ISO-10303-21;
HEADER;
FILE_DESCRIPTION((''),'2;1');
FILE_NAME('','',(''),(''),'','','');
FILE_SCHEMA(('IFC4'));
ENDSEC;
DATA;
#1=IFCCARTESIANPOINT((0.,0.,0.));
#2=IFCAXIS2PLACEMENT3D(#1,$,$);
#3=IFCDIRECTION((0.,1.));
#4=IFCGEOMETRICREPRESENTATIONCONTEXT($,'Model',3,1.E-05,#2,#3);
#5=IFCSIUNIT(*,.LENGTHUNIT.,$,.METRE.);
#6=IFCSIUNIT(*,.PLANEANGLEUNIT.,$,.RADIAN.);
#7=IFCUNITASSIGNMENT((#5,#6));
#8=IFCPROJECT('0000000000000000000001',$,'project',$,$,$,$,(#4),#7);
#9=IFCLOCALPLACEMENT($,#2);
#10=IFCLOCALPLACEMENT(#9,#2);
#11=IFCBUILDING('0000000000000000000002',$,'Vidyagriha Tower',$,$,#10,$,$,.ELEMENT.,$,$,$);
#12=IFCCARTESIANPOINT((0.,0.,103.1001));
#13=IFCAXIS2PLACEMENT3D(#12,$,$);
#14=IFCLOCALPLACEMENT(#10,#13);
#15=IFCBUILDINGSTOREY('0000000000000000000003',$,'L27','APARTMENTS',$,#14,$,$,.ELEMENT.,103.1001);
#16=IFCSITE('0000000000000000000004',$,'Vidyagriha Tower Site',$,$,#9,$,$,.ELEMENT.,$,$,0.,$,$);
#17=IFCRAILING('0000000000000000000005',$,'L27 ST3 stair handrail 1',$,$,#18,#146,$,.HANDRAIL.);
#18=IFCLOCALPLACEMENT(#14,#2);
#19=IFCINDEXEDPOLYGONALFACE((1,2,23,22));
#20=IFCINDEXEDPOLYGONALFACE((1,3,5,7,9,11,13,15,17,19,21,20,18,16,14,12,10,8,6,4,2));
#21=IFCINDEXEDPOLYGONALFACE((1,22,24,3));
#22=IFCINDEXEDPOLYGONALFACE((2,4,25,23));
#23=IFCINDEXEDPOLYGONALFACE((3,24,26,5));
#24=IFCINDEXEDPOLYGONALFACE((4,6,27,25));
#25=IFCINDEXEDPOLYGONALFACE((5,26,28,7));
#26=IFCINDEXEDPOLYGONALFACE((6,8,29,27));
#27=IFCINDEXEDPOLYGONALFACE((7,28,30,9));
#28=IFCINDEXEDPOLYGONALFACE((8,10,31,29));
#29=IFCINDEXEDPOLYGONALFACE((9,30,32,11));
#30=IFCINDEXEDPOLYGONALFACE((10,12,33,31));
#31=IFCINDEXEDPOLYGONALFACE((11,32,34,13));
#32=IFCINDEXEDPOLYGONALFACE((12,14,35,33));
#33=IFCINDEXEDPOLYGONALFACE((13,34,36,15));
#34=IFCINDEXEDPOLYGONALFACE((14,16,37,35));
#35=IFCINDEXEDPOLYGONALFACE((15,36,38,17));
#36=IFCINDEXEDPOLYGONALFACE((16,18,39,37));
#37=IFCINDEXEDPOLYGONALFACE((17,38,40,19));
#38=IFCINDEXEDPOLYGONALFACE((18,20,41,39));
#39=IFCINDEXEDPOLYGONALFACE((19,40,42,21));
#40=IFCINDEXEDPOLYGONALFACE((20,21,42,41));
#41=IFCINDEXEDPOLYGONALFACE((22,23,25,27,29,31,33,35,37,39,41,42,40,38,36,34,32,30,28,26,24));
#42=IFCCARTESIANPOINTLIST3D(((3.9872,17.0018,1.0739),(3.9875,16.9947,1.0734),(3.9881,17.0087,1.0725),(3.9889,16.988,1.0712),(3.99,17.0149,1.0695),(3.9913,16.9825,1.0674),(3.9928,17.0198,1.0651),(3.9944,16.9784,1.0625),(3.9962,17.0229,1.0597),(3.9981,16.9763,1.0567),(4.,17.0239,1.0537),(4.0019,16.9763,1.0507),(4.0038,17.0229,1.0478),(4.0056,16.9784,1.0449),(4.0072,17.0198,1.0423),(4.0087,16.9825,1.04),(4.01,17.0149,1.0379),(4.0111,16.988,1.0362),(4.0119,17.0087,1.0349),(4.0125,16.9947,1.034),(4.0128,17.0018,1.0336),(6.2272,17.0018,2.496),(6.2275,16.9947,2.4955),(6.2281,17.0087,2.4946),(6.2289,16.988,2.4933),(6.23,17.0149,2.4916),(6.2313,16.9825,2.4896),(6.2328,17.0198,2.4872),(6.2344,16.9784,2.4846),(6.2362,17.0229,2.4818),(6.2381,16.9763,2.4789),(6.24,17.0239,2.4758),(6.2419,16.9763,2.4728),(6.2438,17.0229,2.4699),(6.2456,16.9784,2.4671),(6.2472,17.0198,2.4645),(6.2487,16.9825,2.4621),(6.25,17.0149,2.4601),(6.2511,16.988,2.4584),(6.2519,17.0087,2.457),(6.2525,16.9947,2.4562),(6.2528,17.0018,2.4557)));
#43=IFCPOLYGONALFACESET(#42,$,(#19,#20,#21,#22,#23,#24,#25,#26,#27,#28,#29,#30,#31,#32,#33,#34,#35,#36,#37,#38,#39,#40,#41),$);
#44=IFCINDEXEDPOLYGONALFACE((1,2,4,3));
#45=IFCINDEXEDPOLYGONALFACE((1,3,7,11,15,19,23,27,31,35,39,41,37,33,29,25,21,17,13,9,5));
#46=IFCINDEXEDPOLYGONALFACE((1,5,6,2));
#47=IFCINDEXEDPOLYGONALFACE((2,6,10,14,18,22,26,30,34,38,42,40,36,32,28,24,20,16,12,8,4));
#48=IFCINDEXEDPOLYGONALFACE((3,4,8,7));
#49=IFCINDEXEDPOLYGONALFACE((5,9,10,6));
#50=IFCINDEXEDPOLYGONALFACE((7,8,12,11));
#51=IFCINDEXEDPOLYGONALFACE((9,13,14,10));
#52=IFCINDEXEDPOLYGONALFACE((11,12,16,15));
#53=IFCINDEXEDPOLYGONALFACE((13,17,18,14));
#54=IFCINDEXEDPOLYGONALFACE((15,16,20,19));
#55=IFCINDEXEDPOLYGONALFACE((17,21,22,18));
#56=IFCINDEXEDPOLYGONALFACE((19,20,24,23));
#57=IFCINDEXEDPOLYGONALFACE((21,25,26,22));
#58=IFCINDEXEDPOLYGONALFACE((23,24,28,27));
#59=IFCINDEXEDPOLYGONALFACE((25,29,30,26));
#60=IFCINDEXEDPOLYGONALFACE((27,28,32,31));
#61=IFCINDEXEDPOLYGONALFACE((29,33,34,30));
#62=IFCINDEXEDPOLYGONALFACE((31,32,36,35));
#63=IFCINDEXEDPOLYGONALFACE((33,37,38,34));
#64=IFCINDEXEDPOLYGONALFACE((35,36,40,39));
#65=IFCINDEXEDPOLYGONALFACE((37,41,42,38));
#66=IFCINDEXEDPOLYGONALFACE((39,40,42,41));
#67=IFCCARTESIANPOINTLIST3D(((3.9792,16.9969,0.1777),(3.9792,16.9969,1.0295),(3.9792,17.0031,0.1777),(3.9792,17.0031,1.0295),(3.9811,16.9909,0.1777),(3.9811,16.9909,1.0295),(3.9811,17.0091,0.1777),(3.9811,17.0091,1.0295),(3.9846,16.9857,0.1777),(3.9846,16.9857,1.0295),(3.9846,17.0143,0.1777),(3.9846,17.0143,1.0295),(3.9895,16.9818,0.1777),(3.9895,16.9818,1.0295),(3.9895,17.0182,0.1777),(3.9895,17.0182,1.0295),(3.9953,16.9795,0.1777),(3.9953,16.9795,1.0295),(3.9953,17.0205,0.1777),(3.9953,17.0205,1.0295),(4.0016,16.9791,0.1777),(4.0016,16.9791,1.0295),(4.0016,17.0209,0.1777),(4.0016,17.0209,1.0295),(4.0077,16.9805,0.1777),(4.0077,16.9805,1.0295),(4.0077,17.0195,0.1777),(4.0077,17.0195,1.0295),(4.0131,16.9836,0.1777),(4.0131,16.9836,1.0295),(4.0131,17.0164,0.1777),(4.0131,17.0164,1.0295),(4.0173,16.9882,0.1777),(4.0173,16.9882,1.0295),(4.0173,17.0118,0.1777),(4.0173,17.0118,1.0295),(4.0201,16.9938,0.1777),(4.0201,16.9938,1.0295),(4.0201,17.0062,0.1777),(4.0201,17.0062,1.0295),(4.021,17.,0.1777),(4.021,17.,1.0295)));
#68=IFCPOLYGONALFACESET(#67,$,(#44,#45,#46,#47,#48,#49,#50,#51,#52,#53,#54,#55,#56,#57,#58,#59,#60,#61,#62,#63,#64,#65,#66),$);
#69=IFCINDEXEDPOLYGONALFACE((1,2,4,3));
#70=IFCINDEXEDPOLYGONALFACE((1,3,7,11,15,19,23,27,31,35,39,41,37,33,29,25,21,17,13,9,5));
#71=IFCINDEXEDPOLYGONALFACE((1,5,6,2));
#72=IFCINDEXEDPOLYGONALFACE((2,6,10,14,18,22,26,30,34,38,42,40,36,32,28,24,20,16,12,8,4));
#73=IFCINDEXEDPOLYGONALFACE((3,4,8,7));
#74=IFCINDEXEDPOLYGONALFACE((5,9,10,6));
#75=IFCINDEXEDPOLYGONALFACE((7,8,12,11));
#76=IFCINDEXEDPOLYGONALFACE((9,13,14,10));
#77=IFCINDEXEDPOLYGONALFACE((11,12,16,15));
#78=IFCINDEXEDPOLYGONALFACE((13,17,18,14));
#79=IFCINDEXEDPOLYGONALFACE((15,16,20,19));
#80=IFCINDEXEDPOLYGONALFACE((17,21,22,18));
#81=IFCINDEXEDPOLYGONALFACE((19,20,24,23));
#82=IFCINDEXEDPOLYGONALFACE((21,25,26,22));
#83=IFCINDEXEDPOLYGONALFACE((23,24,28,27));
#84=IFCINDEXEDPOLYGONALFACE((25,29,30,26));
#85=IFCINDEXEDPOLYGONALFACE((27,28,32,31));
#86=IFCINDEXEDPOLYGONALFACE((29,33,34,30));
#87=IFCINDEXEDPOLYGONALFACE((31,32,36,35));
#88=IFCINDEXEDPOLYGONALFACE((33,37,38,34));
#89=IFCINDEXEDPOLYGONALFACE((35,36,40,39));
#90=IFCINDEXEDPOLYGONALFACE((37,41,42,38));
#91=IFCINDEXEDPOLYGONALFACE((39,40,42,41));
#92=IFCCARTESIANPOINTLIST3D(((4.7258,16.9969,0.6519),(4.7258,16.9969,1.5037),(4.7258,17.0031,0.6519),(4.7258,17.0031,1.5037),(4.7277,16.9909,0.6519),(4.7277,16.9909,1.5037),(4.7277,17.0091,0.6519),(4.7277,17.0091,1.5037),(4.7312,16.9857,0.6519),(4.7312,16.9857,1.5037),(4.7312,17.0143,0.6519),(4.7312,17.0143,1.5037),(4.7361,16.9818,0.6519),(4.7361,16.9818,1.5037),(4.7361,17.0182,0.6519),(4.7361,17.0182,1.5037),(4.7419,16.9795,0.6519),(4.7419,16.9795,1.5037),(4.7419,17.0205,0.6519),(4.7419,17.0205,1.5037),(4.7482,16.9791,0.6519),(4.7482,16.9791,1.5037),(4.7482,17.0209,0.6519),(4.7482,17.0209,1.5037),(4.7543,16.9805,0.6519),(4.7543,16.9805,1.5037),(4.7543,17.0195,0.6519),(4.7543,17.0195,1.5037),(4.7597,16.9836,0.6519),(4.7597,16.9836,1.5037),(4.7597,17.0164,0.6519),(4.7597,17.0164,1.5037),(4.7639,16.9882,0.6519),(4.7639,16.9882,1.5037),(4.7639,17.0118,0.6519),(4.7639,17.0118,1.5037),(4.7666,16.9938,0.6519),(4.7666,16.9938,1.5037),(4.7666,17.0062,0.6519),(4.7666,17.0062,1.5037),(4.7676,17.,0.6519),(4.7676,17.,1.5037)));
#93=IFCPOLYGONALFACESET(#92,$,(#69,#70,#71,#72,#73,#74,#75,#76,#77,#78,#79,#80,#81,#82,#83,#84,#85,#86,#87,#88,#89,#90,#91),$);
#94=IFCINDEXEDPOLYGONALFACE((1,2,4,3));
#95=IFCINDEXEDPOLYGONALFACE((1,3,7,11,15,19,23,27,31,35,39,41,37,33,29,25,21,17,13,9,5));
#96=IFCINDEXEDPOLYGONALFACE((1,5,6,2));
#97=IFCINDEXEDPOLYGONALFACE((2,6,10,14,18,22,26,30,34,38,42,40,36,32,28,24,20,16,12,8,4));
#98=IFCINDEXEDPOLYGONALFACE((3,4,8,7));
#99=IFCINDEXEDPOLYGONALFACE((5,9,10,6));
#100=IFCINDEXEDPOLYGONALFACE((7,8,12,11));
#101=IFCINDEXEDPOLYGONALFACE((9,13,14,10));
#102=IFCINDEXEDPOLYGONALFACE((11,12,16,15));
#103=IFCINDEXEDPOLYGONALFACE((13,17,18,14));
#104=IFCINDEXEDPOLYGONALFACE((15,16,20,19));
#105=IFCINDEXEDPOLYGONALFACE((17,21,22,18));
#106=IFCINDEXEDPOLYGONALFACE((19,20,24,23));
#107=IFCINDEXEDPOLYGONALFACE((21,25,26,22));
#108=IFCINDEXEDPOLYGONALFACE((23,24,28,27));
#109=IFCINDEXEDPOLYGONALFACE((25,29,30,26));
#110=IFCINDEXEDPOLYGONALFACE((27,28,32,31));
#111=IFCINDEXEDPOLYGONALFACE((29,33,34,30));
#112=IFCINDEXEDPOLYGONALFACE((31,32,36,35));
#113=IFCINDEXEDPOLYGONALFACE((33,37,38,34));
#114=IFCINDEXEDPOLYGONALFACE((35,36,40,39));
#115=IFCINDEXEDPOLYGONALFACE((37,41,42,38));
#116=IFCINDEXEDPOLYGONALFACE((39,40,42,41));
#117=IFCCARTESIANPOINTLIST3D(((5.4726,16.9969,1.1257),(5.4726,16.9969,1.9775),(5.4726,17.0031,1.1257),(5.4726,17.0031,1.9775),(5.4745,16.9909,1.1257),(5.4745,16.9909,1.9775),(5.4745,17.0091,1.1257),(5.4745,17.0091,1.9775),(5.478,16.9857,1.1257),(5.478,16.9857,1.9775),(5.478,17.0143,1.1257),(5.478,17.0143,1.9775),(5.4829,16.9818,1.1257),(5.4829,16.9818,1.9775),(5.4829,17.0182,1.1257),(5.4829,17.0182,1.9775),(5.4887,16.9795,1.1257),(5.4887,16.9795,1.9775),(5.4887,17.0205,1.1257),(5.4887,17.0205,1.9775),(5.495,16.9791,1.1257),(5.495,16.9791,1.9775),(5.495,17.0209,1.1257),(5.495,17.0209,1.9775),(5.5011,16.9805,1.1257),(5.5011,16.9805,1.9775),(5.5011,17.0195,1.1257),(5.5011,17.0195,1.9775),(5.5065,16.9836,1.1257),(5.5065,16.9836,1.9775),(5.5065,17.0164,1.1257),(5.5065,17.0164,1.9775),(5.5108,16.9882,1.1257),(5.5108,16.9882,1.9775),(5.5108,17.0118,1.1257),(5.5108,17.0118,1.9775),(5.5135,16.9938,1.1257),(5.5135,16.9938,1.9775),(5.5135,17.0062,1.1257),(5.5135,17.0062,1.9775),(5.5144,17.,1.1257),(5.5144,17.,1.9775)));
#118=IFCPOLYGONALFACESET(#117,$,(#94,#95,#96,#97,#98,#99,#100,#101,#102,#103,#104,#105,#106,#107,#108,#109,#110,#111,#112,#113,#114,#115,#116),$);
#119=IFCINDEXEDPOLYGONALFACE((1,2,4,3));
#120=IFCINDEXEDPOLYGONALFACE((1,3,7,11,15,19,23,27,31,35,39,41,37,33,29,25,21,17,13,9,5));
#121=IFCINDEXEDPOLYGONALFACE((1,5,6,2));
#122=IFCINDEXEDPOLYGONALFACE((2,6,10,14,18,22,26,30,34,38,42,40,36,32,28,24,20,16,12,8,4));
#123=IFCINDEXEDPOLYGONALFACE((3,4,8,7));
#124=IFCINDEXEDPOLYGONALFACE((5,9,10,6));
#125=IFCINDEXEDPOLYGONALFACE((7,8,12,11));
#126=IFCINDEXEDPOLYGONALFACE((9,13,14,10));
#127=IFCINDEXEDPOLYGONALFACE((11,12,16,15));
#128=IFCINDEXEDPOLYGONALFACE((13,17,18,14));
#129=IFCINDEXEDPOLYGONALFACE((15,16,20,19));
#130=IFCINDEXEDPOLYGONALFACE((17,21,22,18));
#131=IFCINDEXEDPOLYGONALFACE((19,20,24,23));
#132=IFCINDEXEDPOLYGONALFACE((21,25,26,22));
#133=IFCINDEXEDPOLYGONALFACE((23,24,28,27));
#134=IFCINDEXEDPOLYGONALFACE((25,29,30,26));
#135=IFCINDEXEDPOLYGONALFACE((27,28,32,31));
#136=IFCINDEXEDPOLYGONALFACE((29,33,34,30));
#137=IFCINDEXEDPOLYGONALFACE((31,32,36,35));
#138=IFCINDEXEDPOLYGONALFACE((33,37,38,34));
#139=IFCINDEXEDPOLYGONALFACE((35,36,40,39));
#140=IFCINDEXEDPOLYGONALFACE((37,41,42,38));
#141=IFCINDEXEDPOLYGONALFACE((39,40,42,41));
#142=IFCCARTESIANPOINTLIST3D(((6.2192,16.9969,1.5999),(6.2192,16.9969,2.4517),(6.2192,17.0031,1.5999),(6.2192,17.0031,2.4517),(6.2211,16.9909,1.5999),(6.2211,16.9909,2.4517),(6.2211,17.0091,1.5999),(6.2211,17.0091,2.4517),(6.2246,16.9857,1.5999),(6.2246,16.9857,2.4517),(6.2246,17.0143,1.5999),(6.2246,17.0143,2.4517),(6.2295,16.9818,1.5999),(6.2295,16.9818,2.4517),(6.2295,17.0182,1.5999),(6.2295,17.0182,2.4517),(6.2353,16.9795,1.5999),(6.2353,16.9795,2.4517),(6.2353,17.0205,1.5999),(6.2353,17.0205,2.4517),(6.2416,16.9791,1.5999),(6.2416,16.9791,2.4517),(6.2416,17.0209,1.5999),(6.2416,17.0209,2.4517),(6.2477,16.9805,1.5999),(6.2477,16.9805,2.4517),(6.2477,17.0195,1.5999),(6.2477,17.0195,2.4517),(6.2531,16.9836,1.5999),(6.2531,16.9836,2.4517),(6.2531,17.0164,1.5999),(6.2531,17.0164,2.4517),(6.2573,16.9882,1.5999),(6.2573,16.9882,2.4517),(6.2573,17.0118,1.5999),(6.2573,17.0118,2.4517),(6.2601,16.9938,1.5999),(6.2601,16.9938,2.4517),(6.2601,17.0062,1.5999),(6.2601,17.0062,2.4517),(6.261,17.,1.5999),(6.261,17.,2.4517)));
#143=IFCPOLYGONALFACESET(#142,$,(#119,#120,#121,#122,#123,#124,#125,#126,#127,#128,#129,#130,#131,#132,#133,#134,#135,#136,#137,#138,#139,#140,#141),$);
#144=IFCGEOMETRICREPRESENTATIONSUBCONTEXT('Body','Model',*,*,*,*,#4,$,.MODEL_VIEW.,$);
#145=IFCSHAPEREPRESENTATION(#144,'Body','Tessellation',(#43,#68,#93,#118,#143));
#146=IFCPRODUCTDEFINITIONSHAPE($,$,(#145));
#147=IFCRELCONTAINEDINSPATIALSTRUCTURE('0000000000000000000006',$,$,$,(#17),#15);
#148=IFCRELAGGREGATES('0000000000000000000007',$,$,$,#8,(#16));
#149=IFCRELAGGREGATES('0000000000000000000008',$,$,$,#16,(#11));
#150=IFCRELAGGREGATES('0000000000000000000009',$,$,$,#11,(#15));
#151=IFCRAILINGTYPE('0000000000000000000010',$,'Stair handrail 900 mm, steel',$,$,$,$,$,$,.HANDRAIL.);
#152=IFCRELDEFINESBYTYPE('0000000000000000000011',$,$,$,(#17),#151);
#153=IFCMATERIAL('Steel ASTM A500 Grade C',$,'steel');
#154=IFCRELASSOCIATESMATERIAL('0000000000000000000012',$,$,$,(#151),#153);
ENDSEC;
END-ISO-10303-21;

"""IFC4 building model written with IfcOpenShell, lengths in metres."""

from ifc_helpers import new_model, si_unit, direction, frame, origin, origin_2d, place, context, subcontext, project, spatial, circle, extrude, material, type_object, element, save


model = new_model("IFC4")

# Units and contexts
model_context = context("Model", 3, precision=1e-05, world=origin(), true_north=direction((0.0, 1.0)))
body_context = subcontext(model_context, "Body", "Model", "MODEL_VIEW")
ifc_project = project(units=[si_unit("LENGTHUNIT", "METRE"), si_unit("PLANEANGLEUNIT", "RADIAN")], contexts=[model_context])

# Site, building, storey
site_placement = place(None, origin())
site = spatial("IfcSite", under=ifc_project, at=site_placement, Name="Vidyagriha Tower Site", CompositionType="ELEMENT", RefElevation=0.0)
building_placement = place(site_placement, origin())
building = spatial("IfcBuilding", under=site, at=building_placement, Name="Vidyagriha Tower", CompositionType="ELEMENT")
storey_placement = place(building_placement, frame((0.0, 0.0, 103.1001)))
storey = spatial("IfcBuildingStorey", under=building, at=storey_placement, Name="L27", Description="APARTMENTS", CompositionType="ELEMENT", Elevation=103.1001)

# Railing
ifc_material_1 = material(Name="Steel ASTM A500 Grade C", Category="steel")
railing_type_1 = type_object("IfcRailingType", Name="Stair handrail 900 mm, steel", PredefinedType="HANDRAIL", material=ifc_material_1)
railing_1_placement = place(storey_placement, frame((4.0, 17.0, 0.1777)))
element("IfcRailing", 1, at=railing_1_placement, inside=storey, type_object=railing_type_1, Name="L27 ST3 stair handrail 1", PredefinedType="HANDRAIL", context=body_context, shape_type="SweptSolid", body=[
    extrude(circle(Radius=0.0239, at=origin_2d()), frame((0.0, 0.0, 0.876), z_axis=(0.844229, 0.0, 0.535982), x_axis=(0.0, 1.0, 0.0)), (0.0, 0.0, 1.0), 2.6533),
    extrude(circle(Radius=0.021, at=origin_2d()), origin(), (0.0, 0.0, 1.0), 0.8518),
    extrude(circle(Radius=0.021, at=origin_2d()), frame((0.7466, 0.0, 0.4741)), (0.0, 0.0, 1.0), 0.8518),
    extrude(circle(Radius=0.021, at=origin_2d()), frame((1.4934, 0.0, 0.948)), (0.0, 0.0, 1.0), 0.8518),
    extrude(circle(Radius=0.021, at=origin_2d()), frame((2.24, 0.0, 1.4221)), (0.0, 0.0, 1.0), 0.8518),
])

save(model, "model.ifc")
